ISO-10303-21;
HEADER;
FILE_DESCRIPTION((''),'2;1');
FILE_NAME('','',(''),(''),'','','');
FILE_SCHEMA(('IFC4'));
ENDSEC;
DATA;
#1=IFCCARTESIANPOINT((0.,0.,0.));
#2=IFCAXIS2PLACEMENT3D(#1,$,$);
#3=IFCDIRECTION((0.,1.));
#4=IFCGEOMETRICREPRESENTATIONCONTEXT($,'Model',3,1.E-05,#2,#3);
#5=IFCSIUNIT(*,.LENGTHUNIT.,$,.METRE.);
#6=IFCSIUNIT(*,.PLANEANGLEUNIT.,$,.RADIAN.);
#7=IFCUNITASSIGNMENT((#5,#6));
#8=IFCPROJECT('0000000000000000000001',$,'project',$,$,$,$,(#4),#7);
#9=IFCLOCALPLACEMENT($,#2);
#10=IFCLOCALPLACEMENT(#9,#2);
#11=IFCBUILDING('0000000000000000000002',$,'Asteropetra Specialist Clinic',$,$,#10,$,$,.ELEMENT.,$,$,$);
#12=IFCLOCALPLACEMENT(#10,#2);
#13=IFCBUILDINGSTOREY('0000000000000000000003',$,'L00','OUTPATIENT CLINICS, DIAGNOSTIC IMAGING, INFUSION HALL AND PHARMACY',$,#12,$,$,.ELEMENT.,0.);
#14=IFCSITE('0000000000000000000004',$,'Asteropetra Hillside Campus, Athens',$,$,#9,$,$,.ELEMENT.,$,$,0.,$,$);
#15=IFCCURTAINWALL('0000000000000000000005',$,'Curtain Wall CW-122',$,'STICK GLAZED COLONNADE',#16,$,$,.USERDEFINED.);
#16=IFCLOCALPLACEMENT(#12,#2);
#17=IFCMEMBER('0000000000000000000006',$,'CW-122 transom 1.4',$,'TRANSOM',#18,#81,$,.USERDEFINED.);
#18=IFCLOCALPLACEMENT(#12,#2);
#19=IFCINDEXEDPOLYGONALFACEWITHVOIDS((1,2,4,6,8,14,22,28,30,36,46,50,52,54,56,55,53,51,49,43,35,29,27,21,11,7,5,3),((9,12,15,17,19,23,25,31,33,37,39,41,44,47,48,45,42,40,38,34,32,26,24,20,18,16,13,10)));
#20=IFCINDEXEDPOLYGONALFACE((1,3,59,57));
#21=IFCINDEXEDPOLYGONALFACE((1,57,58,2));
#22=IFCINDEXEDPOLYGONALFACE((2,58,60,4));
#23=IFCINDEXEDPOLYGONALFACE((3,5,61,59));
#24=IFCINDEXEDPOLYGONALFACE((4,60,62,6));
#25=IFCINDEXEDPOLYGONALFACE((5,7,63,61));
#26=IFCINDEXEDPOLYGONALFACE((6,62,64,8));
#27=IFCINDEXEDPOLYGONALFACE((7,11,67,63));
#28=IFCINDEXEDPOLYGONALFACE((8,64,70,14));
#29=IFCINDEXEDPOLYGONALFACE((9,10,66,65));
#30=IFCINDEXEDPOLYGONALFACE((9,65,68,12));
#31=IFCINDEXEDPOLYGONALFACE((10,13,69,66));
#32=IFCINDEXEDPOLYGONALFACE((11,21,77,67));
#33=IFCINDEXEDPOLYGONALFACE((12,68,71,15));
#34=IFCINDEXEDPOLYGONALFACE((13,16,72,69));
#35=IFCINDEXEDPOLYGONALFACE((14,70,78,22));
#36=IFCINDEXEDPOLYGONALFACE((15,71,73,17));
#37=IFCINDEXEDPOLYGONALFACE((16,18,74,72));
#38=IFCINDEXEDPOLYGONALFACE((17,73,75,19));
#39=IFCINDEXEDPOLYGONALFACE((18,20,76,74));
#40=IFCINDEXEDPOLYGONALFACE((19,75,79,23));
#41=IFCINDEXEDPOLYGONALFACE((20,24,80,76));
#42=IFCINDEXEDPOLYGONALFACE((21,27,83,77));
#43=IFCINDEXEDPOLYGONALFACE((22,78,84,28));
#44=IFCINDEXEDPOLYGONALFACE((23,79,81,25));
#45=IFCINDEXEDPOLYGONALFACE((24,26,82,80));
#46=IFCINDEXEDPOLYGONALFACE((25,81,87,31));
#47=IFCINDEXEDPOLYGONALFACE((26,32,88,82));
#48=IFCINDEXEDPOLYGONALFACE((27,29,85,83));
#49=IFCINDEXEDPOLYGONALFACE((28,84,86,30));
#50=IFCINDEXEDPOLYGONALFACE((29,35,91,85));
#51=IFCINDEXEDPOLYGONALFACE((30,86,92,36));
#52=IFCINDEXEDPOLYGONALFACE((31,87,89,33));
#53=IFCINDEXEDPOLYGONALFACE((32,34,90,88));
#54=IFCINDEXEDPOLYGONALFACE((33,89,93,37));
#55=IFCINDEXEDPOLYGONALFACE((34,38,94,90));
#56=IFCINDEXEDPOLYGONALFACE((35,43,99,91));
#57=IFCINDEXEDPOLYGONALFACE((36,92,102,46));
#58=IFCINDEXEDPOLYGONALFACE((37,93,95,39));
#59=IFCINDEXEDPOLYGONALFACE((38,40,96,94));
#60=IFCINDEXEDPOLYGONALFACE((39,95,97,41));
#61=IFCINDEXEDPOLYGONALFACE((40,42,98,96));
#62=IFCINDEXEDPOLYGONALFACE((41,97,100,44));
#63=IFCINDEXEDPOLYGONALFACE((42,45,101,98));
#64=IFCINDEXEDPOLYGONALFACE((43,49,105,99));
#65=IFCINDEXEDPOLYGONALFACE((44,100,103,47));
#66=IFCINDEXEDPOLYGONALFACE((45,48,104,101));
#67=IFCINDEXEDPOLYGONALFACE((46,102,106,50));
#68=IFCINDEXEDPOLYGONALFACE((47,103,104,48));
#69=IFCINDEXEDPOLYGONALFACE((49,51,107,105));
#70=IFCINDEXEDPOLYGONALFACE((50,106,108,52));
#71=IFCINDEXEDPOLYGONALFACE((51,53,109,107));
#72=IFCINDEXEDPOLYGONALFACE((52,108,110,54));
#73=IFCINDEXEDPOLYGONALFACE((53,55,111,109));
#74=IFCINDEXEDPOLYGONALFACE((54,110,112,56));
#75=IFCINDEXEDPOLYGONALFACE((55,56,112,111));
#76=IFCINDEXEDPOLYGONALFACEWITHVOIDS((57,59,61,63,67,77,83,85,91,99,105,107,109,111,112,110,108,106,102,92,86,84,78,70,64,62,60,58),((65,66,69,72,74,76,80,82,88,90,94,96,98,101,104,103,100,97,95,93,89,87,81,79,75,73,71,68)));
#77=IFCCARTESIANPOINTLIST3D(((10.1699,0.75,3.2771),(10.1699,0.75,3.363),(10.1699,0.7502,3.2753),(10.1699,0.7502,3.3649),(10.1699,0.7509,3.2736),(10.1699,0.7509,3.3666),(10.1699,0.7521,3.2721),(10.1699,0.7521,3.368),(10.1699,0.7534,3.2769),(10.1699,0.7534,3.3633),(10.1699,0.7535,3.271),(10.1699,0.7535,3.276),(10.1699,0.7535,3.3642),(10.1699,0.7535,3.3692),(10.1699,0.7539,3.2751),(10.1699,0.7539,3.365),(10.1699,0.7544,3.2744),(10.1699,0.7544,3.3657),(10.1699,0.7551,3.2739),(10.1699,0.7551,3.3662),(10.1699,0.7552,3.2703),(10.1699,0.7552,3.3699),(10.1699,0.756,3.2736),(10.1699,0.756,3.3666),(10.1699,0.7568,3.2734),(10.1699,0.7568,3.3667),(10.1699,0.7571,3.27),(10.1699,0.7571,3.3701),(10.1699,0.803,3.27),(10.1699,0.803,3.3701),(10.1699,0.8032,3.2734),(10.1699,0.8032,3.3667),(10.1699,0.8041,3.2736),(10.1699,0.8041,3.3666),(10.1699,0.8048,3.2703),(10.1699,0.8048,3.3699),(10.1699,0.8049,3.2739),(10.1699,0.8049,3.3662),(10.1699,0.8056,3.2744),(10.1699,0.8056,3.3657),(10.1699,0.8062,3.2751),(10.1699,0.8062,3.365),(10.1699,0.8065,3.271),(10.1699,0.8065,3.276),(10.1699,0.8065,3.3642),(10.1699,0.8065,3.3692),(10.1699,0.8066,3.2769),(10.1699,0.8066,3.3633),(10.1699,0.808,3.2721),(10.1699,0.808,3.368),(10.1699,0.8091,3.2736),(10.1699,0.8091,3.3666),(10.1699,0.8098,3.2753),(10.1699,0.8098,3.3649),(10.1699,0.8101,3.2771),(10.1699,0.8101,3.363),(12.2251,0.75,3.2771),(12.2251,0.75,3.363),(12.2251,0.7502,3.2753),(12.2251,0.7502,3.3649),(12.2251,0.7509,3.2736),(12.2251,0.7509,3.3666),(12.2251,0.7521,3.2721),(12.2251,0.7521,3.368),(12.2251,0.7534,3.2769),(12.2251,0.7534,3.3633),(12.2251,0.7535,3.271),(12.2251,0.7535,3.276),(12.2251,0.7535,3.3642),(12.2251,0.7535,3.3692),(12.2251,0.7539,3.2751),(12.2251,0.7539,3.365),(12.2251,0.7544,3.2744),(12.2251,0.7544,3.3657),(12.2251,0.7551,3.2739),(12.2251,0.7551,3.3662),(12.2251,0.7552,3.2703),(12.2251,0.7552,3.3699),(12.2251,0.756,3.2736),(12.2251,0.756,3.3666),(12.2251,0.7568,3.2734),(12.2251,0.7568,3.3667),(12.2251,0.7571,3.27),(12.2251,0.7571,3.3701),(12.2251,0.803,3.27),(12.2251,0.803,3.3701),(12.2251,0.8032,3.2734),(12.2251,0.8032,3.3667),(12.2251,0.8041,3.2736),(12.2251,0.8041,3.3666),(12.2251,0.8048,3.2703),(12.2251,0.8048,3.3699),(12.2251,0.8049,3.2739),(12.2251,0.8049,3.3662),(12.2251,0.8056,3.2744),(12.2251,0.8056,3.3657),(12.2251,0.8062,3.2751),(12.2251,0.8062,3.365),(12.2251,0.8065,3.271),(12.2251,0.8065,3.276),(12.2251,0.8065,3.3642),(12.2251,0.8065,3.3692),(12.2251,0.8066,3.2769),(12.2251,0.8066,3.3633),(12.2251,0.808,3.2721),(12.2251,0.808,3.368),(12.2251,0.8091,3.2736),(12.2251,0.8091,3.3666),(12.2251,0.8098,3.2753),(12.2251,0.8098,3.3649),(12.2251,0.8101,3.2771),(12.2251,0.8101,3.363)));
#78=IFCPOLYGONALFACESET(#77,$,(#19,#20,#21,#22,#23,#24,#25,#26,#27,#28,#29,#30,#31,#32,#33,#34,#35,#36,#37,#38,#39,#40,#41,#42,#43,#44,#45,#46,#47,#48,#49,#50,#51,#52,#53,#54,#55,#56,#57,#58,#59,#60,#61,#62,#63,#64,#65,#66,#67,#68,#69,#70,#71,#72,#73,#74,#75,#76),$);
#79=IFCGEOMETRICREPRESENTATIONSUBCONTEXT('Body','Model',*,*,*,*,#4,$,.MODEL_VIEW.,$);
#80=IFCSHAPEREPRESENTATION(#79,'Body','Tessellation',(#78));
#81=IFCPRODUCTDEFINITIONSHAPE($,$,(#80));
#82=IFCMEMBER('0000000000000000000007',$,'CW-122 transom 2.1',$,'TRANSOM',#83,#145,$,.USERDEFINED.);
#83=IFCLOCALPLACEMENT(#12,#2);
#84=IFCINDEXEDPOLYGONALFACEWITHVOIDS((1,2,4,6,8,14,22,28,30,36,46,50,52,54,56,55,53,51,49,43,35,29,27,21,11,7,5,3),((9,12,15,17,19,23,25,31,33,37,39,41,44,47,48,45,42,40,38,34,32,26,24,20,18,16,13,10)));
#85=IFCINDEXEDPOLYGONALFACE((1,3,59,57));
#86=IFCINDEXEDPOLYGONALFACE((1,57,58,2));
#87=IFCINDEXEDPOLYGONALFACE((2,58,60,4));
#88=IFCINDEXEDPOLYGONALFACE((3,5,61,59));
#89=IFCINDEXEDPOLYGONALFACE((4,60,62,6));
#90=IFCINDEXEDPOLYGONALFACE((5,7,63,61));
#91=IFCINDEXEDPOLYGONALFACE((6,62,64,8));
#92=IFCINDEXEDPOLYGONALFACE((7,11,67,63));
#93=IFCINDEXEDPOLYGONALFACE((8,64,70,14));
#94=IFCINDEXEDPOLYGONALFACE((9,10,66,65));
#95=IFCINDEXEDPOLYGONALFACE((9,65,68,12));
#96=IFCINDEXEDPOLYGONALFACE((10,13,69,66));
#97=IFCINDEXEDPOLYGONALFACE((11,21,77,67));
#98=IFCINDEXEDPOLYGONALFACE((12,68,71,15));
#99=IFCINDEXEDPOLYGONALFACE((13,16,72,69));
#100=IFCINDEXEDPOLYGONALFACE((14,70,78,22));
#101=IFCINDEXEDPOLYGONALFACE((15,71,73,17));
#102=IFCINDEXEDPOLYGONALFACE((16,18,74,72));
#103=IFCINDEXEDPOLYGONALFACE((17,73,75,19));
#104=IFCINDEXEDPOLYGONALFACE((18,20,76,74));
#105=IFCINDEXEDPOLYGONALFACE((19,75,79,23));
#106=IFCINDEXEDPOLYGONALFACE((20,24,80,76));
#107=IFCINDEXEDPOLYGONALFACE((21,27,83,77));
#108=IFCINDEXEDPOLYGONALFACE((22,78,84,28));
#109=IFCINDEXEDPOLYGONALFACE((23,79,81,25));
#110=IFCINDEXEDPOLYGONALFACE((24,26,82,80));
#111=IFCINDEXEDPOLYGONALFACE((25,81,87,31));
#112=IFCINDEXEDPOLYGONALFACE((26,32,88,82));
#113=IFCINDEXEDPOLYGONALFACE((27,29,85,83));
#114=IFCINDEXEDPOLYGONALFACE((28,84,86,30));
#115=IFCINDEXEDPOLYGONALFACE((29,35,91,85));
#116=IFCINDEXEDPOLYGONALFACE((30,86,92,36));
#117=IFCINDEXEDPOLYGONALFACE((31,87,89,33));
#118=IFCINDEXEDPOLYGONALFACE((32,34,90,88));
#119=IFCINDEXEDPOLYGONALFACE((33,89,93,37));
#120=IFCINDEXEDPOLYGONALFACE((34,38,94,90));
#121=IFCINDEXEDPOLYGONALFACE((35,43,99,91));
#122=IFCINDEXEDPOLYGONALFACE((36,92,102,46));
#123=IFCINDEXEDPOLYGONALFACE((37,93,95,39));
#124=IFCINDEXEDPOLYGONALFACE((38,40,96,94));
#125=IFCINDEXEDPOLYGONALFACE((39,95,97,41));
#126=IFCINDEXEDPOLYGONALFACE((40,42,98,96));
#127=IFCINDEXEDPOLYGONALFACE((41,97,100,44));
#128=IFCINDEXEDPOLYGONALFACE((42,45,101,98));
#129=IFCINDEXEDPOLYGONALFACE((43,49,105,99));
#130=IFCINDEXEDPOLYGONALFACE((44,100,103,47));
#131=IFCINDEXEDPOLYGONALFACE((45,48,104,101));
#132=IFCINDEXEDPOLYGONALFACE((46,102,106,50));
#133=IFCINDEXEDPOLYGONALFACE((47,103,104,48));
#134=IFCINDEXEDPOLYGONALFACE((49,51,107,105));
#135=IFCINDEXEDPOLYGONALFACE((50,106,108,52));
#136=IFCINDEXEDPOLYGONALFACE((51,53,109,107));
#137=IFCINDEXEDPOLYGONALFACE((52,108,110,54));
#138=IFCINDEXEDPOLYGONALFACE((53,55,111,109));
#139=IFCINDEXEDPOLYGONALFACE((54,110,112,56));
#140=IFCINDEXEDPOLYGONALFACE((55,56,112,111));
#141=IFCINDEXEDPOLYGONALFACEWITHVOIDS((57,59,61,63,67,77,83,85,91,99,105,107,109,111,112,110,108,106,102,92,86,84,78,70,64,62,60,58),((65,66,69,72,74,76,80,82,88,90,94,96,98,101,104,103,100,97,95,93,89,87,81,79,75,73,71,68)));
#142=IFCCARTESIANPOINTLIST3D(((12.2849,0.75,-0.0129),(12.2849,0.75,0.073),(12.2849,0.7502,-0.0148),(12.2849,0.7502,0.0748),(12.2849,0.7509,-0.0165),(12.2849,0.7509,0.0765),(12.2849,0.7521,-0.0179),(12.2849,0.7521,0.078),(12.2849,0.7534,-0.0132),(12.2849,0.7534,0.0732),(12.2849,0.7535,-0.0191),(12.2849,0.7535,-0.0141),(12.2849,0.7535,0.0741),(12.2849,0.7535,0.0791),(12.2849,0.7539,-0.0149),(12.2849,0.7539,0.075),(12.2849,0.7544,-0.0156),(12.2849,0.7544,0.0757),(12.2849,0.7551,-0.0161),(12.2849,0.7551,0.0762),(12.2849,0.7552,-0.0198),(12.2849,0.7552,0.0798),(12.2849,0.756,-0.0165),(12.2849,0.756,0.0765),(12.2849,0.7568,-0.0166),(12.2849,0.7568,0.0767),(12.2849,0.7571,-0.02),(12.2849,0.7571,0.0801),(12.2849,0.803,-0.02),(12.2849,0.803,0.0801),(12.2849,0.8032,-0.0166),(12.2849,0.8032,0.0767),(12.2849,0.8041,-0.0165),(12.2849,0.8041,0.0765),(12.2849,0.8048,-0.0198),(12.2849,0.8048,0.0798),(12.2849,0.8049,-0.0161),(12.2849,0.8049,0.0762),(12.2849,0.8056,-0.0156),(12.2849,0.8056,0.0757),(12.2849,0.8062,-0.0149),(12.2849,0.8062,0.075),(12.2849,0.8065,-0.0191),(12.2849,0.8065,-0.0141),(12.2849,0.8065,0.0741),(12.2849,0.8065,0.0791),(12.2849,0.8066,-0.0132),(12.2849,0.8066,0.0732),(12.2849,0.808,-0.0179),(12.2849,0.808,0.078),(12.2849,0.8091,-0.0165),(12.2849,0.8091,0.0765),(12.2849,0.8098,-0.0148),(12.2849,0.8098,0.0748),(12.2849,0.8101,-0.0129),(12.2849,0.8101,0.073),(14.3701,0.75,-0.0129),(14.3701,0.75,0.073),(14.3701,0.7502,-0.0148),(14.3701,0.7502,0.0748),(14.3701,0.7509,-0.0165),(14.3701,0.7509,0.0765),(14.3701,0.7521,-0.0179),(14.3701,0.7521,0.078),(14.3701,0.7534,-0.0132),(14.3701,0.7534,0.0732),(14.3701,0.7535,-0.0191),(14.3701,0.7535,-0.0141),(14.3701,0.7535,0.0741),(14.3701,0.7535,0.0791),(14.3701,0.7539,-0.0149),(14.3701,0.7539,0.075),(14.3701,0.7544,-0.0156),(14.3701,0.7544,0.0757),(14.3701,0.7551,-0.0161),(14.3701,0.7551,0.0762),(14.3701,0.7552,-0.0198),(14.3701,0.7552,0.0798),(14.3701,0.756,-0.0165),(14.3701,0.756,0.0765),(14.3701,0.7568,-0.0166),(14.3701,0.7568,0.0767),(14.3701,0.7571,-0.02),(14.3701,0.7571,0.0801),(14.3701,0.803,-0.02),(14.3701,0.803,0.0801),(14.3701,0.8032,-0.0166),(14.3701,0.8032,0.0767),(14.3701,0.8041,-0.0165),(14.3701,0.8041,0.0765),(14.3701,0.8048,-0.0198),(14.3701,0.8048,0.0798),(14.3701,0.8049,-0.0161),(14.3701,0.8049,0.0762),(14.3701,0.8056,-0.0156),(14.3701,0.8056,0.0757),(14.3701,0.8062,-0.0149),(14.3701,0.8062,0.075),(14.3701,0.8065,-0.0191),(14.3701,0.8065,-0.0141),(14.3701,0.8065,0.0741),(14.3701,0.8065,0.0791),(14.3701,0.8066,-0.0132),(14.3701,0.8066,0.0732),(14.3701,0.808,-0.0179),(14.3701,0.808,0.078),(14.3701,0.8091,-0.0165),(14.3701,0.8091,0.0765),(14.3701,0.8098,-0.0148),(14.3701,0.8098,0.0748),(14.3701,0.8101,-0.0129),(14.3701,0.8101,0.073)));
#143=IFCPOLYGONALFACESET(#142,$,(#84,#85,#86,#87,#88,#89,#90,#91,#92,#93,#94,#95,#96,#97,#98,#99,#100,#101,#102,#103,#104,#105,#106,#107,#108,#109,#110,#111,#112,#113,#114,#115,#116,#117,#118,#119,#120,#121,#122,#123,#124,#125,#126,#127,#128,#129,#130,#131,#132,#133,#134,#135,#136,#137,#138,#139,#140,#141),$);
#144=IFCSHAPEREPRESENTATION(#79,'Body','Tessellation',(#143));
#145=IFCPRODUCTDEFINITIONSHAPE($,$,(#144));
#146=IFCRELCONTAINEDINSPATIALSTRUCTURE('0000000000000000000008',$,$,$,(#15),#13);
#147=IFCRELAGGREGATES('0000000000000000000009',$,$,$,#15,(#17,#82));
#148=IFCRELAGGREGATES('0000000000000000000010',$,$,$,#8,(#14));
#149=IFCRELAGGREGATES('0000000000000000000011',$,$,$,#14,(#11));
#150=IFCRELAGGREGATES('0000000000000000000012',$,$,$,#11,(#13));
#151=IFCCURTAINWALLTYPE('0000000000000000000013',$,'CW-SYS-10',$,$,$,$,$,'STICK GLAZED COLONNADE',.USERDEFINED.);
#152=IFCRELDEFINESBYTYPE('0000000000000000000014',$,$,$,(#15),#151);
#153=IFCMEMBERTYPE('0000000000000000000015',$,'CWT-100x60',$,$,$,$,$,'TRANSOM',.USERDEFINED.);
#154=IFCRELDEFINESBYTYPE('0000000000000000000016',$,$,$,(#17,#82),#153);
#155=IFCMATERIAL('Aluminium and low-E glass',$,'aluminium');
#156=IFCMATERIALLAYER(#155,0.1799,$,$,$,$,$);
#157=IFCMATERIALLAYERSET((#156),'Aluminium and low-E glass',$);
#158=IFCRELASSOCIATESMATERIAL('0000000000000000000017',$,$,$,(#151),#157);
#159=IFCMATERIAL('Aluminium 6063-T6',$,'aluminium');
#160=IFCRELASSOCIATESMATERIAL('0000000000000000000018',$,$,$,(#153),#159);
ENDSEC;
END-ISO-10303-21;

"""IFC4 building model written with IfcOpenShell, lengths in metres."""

from ifc_helpers import new_model, si_unit, direction, frame, origin, origin_2d, place, context, subcontext, project, spatial, hollow_rectangle, extrude, material, layer, layer_set, material_profile, profile_set, type_object, element, aggregate, save


model = new_model("IFC4")

# Units and contexts
model_context = context("Model", 3, precision=1e-05, world=origin(), true_north=direction((0.0, 1.0)))
body_context = subcontext(model_context, "Body", "Model", "MODEL_VIEW")
ifc_project = project(units=[si_unit("LENGTHUNIT", "METRE"), si_unit("PLANEANGLEUNIT", "RADIAN")], contexts=[model_context])

# Site, building, storey
site_placement = place(None, origin())
site = spatial("IfcSite", under=ifc_project, at=site_placement, Name="Asteropetra Hillside Campus, Athens", CompositionType="ELEMENT", RefElevation=0.0)
building_placement = place(site_placement, origin())
building = spatial("IfcBuilding", under=site, at=building_placement, Name="Asteropetra Specialist Clinic", CompositionType="ELEMENT")
storey_placement = place(building_placement, origin())
storey = spatial("IfcBuildingStorey", under=building, at=storey_placement, Name="L00", Description="OUTPATIENT CLINICS, DIAGNOSTIC IMAGING, INFUSION HALL AND PHARMACY", CompositionType="ELEMENT", Elevation=0.0)

# Curtain wall
ifc_material_1 = material(Name="Aluminium and low-E glass", Category="aluminium")
ifc_layer_1 = layer(ifc_material_1, 0.1799)
ifc_layer_set_1 = layer_set([ifc_layer_1], Name="Aluminium and low-E glass")
curtain_wall_type_1 = type_object("IfcCurtainWallType", Name="CW-SYS-10", ElementType="STICK GLAZED COLONNADE", PredefinedType="USERDEFINED", material=ifc_layer_set_1)
curtain_wall_1_placement = place(storey_placement, origin())
curtain_wall_1 = element("IfcCurtainWall", 1, at=curtain_wall_1_placement, inside=storey, type_object=curtain_wall_type_1, Name="Curtain Wall CW-122", ObjectType="STICK GLAZED COLONNADE", PredefinedType="USERDEFINED")

# Members
ifc_material_2 = material(Name="Aluminium 6063-T6", Category="aluminium")
ifc_material_profile_1 = material_profile(ifc_material_2, hollow_rectangle(XDim=0.0601, YDim=0.1001, WallThickness=0.0034, InnerFilletRadius=0.0034, OuterFilletRadius=0.0071, at=origin_2d()), Name="TRN 100x60x3.5")
ifc_profile_set_1 = profile_set([ifc_material_profile_1], Name="Aluminium 6063-T6")
member_type_1 = type_object("IfcMemberType", Name="CWT-100x60", ElementType="TRANSOM", PredefinedType="USERDEFINED", material=ifc_profile_set_1)
member_1_placement = place(storey_placement, frame((10.1699, 0.78, 3.3201), z_axis=(1.0, 0.0, 0.0), x_axis=(0.0, 1.0, 0.0)))
member_1 = element("IfcMember", 2, at=member_1_placement, type_object=member_type_1, Name="CW-122 transom 1.4", ObjectType="TRANSOM", PredefinedType="USERDEFINED", context=body_context, shape_type="SweptSolid", body=[
    extrude(hollow_rectangle(XDim=0.0601, YDim=0.1001, WallThickness=0.0034, InnerFilletRadius=0.0034, OuterFilletRadius=0.0071, at=origin_2d()), origin(), (0.0, 0.0, 1.0), 2.0552),
])
member_2_placement = place(storey_placement, frame((12.2849, 0.78, 0.03), z_axis=(1.0, 0.0, 0.0), x_axis=(0.0, 1.0, 0.0)))
member_2 = element("IfcMember", 3, at=member_2_placement, type_object=member_type_1, Name="CW-122 transom 2.1", ObjectType="TRANSOM", PredefinedType="USERDEFINED", context=body_context, shape_type="SweptSolid", body=[
    extrude(hollow_rectangle(XDim=0.0601, YDim=0.1001, WallThickness=0.0034, InnerFilletRadius=0.0034, OuterFilletRadius=0.0071, at=origin_2d()), origin(), (0.0, 0.0, 1.0), 2.0852),
])

aggregate(curtain_wall_1, [member_1, member_2])

save(model, "model.ifc")
